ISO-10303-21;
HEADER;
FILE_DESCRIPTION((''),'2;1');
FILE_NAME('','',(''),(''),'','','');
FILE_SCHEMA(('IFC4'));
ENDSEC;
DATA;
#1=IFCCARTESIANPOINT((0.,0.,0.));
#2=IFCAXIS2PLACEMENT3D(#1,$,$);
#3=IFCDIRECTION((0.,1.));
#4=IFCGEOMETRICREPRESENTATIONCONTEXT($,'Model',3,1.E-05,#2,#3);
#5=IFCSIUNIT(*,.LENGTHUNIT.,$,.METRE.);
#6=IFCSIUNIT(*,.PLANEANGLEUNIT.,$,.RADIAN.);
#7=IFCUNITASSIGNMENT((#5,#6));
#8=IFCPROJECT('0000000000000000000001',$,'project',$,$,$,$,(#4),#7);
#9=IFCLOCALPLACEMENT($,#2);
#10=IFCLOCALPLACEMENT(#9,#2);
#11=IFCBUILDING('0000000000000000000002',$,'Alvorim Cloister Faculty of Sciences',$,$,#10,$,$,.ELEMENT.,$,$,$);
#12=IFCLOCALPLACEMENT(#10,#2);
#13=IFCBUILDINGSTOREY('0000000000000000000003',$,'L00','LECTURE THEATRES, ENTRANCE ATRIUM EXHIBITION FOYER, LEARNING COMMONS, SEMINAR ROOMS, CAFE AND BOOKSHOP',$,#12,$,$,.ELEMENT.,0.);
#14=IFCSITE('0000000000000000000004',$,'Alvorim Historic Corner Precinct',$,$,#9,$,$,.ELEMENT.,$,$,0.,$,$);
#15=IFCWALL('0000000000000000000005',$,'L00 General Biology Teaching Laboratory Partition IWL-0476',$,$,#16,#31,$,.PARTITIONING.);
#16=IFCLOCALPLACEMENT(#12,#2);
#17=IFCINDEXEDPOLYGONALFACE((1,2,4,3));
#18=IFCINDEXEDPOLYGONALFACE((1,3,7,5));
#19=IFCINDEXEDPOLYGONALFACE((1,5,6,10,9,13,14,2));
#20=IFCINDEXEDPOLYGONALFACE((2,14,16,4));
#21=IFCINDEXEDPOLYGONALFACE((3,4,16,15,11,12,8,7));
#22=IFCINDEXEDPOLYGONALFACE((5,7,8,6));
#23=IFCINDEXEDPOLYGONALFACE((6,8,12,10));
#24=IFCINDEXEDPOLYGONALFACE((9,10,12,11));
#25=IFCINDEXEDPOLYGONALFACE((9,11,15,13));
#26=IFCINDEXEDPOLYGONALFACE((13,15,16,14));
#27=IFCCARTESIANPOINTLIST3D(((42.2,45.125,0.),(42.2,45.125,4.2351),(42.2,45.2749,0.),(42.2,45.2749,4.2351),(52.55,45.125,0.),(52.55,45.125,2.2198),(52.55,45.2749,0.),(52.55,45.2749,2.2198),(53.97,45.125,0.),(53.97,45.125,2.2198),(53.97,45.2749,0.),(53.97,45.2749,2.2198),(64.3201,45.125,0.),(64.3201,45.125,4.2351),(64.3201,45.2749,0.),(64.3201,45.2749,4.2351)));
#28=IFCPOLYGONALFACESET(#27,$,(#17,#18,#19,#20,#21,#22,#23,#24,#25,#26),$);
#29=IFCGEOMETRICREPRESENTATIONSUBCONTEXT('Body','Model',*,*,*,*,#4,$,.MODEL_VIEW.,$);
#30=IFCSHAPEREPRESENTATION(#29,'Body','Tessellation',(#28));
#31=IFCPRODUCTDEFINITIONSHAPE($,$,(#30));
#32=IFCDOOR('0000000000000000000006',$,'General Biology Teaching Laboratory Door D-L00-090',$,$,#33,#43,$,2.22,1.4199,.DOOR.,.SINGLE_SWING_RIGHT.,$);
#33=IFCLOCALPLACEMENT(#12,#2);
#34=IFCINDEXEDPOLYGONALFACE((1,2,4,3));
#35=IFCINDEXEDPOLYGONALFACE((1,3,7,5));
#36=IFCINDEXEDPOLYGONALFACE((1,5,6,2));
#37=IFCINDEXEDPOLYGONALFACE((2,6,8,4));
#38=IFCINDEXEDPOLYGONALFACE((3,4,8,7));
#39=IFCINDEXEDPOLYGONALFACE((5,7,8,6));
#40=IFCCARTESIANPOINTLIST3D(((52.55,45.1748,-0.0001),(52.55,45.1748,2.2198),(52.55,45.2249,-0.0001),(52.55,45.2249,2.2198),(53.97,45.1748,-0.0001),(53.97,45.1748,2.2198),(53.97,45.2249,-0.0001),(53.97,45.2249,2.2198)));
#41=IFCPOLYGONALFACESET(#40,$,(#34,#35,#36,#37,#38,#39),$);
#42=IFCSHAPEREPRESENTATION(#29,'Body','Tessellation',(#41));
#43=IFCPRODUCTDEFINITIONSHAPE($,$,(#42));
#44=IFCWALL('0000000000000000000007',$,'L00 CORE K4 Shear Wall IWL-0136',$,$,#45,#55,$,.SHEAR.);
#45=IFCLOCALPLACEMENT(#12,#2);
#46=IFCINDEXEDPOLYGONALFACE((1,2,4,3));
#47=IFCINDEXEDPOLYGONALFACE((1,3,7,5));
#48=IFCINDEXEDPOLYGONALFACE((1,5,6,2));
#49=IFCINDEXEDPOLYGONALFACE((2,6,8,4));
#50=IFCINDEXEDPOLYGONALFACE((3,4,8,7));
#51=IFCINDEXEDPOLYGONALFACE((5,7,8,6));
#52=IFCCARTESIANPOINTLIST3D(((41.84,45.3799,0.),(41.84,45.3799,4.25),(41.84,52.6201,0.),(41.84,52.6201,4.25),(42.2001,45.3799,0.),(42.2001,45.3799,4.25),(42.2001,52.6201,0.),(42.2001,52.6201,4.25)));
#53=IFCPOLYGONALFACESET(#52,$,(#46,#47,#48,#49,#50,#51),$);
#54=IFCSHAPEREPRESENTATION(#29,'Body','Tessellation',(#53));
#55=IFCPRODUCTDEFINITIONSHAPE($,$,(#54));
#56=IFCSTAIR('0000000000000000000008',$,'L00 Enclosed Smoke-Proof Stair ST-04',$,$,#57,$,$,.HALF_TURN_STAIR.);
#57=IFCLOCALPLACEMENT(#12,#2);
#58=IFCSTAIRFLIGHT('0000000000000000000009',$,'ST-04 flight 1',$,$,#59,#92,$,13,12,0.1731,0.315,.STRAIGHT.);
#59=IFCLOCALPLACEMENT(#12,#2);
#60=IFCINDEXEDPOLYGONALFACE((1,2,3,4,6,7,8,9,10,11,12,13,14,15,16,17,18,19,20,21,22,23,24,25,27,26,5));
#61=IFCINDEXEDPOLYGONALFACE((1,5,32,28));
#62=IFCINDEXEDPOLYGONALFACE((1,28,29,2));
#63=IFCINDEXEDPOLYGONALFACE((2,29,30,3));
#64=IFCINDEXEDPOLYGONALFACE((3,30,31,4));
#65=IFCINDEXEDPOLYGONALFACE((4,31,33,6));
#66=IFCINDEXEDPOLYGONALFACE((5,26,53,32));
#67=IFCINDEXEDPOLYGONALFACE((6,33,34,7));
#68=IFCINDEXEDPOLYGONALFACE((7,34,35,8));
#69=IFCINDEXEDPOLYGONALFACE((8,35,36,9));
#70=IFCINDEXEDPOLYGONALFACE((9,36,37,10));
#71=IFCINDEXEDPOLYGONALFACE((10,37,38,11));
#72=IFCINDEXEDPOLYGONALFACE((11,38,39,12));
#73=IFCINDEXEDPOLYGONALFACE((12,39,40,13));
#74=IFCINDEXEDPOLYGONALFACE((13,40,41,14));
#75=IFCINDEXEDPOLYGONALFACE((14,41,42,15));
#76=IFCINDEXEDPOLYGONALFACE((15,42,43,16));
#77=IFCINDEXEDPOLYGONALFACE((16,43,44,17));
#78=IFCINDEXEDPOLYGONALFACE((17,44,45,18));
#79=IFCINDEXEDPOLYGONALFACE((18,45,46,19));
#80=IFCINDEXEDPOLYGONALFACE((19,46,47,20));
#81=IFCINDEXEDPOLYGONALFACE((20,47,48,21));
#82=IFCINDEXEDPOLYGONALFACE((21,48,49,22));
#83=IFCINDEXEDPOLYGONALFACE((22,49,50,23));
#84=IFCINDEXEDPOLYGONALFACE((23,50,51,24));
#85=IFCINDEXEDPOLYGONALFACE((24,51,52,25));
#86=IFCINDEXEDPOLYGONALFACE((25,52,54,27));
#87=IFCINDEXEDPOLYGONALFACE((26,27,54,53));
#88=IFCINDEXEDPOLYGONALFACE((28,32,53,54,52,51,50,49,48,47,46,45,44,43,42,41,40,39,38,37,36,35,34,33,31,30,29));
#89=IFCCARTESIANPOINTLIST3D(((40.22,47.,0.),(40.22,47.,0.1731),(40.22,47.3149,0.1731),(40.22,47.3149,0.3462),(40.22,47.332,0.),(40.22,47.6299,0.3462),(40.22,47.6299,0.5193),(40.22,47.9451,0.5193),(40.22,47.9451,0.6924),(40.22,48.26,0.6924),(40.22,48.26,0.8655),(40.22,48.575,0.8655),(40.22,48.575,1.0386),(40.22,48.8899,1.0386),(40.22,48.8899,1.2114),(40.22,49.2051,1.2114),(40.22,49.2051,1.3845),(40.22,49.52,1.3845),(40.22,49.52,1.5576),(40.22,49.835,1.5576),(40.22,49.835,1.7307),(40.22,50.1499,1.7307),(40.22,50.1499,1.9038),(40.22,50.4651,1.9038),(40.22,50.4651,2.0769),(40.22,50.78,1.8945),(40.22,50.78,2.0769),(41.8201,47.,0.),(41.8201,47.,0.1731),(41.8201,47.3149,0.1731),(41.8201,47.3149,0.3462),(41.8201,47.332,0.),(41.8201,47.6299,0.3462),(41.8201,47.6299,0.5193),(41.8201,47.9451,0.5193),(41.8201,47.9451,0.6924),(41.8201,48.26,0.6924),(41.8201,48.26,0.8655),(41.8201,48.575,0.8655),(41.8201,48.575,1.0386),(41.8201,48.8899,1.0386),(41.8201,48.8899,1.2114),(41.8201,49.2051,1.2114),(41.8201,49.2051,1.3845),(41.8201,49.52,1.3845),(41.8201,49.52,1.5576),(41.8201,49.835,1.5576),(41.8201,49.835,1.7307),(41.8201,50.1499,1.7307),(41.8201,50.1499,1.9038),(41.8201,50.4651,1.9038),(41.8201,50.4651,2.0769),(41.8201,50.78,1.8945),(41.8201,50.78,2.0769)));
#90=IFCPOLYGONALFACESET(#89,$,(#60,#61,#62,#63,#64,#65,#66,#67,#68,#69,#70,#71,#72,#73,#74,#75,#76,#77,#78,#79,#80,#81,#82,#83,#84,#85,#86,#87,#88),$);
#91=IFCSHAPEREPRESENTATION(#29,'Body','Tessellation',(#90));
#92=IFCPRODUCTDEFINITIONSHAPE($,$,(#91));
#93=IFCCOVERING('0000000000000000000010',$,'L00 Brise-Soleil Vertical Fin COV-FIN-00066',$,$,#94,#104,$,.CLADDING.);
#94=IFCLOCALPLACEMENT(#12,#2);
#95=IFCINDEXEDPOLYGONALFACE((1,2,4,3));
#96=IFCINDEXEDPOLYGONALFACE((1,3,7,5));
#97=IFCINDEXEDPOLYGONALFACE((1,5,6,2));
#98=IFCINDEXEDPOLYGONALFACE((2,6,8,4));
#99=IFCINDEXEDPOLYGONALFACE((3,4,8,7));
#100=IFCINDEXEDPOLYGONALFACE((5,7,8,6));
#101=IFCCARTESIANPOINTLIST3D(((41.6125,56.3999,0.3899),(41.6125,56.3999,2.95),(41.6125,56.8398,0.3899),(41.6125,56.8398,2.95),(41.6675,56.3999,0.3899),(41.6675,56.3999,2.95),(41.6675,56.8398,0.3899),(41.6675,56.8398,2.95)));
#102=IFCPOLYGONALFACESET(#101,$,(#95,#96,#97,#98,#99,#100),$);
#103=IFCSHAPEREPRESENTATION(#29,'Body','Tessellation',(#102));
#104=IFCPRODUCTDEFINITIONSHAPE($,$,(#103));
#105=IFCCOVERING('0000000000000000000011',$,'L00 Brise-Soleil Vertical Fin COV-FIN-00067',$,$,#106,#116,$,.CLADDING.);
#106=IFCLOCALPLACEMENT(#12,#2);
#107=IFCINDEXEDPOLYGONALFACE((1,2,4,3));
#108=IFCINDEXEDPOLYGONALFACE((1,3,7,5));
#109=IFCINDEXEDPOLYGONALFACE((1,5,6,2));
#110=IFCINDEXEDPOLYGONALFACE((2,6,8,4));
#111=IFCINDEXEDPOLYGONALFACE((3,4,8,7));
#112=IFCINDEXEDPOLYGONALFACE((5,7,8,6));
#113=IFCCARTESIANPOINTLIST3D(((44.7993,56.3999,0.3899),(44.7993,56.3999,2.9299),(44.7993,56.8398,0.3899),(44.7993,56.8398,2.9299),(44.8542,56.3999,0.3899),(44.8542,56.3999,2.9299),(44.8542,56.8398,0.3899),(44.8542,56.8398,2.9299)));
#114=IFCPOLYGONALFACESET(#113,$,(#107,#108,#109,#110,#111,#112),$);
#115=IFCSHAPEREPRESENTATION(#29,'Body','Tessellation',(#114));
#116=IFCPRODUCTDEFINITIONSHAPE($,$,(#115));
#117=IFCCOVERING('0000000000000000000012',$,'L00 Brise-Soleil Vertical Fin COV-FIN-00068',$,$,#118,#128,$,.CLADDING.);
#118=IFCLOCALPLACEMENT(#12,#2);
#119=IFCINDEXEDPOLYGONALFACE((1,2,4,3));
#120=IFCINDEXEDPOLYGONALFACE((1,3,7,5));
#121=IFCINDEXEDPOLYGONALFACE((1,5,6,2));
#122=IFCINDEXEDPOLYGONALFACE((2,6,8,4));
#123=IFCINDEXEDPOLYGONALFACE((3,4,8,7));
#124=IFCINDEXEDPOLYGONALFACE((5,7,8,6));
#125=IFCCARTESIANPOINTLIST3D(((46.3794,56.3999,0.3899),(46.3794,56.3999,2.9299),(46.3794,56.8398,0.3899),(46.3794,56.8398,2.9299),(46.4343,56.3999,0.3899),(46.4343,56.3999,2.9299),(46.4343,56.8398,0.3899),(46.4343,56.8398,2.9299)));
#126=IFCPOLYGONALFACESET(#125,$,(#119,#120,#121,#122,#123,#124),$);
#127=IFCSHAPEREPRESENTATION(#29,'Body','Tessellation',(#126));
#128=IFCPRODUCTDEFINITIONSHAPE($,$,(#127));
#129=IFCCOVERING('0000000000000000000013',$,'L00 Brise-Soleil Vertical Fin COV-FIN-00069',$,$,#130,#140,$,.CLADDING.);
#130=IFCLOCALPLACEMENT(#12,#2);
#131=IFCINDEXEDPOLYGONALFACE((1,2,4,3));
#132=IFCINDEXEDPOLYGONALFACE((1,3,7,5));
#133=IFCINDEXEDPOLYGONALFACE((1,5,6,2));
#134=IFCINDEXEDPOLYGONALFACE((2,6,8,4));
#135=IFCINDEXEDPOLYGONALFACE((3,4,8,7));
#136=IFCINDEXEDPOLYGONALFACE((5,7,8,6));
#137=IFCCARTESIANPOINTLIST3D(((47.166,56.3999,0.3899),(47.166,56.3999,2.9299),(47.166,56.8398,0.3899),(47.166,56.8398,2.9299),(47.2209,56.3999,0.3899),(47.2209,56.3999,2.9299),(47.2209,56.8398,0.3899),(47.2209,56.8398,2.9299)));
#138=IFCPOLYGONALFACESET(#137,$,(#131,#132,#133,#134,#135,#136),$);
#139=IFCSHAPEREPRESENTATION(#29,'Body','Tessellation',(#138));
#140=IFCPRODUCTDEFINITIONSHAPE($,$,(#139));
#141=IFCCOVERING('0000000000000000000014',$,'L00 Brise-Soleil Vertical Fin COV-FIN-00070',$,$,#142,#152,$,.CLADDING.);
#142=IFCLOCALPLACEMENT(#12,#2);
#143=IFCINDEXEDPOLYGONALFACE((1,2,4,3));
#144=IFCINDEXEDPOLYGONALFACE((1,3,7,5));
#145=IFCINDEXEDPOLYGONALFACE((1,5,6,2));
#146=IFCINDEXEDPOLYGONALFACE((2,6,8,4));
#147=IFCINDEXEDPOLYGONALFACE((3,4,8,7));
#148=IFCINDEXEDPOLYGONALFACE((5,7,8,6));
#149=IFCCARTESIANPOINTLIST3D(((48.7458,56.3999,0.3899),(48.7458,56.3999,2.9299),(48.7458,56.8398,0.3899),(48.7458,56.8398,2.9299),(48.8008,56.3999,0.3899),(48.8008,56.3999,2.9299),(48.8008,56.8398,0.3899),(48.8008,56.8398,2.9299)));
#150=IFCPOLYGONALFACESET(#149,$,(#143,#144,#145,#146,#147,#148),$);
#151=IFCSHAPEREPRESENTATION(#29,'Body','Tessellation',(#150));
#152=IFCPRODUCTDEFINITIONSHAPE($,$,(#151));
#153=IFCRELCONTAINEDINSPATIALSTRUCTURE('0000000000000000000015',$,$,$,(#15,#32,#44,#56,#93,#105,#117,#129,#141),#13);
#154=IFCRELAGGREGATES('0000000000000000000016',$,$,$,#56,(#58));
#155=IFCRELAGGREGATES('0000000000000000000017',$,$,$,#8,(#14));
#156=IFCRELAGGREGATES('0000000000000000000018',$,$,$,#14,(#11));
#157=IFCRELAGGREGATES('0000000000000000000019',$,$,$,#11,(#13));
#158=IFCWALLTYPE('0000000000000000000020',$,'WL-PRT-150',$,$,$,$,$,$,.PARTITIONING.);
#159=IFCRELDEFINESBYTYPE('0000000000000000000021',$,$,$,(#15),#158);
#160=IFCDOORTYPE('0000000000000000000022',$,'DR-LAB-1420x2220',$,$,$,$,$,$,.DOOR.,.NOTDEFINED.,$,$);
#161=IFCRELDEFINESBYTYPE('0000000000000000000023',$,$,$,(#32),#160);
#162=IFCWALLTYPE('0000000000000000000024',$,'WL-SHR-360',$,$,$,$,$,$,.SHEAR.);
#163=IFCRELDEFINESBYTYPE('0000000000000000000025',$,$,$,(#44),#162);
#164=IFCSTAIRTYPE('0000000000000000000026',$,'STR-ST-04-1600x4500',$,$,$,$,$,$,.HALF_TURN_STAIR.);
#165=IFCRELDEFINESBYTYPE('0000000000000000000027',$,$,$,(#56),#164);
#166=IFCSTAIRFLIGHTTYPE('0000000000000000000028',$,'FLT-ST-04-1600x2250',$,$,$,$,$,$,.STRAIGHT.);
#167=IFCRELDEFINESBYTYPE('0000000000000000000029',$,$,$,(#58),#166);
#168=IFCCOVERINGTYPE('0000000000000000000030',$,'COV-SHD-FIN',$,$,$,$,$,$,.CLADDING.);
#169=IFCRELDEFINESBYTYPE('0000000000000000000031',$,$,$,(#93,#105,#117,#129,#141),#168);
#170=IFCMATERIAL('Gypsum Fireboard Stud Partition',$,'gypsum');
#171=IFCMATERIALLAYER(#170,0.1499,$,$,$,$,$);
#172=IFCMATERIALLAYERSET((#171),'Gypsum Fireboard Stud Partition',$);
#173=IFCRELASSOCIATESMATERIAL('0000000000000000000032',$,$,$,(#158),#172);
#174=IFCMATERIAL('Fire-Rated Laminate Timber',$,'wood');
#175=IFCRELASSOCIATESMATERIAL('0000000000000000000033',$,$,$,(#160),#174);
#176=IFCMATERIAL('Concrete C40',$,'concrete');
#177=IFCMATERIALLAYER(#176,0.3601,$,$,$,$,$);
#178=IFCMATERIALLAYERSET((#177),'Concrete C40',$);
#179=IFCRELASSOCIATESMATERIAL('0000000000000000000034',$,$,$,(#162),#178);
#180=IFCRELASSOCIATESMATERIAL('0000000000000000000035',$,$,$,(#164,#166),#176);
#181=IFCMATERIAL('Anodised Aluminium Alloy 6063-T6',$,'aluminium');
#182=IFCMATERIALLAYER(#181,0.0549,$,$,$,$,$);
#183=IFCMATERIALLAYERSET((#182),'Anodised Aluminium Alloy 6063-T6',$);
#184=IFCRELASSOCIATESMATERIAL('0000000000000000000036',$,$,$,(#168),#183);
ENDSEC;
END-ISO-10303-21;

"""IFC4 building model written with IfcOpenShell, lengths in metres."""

from ifc_helpers import new_model, si_unit, direction, frame, frame_2d, origin, place, context, subcontext, project, spatial, polyline, rectangle, outline, extrude, material, layer, layer_set, type_object, element, fill, aggregate, save


model = new_model("IFC4")

# Units and contexts
model_context = context("Model", 3, precision=1e-05, world=origin(), true_north=direction((0.0, 1.0)))
body_context = subcontext(model_context, "Body", "Model", "MODEL_VIEW")
ifc_project = project(units=[si_unit("LENGTHUNIT", "METRE"), si_unit("PLANEANGLEUNIT", "RADIAN")], contexts=[model_context])

# Site, building, storey
site_placement = place(None, origin())
site = spatial("IfcSite", under=ifc_project, at=site_placement, Name="Alvorim Historic Corner Precinct", CompositionType="ELEMENT", RefElevation=0.0)
building_placement = place(site_placement, origin())
building = spatial("IfcBuilding", under=site, at=building_placement, Name="Alvorim Cloister Faculty of Sciences", CompositionType="ELEMENT")
storey_placement = place(building_placement, origin())
storey = spatial("IfcBuildingStorey", under=building, at=storey_placement, Name="L00", Description="LECTURE THEATRES, ENTRANCE ATRIUM EXHIBITION FOYER, LEARNING COMMONS, SEMINAR ROOMS, CAFE AND BOOKSHOP", CompositionType="ELEMENT", Elevation=0.0)

# Shared definitions
ifc_material_1 = material(Name="Concrete C40", Category="concrete")

# Wall, opening, door
ifc_material_2 = material(Name="Gypsum Fireboard Stud Partition", Category="gypsum")
ifc_layer_1 = layer(ifc_material_2, 0.1499)
ifc_layer_set_1 = layer_set([ifc_layer_1], Name="Gypsum Fireboard Stud Partition")
wall_type_1 = type_object("IfcWallType", Name="WL-PRT-150", PredefinedType="PARTITIONING", material=ifc_layer_set_1)
wall_1_placement = place(storey_placement, frame((42.2, 45.2, 0.0), z_axis=(0.0, 0.0, 1.0), x_axis=(1.0, 0.0, 0.0)))
wall_1 = element("IfcWall", 1, at=wall_1_placement, inside=storey, type_object=wall_type_1, Name="L00 General Biology Teaching Laboratory Partition IWL-0476", PredefinedType="PARTITIONING", context=body_context, shape_type="SweptSolid", body=[
    extrude(rectangle(XDim=22.1201, YDim=0.1499, at=frame_2d((11.0601, 0.0))), origin(), (0.0, 0.0, 1.0), 4.2351),
])
opening_1_placement = place(wall_1_placement, frame((10.3501, 0.0, 0.0)))
opening_1 = element("IfcOpeningElement", 2, at=opening_1_placement, cuts=wall_1, PredefinedType="OPENING", context=body_context, shape_type="SweptSolid", body=[
    extrude(rectangle(XDim=1.4199, YDim=2.22, at=frame_2d((0.71, 1.1099))), frame((0.0, 0.0869, 0.0), z_axis=(0.0, -1.0, 0.0), x_axis=(1.0, 0.0, 0.0)), (0.0, 0.0, 1.0), 0.1738),
])
ifc_material_3 = material(Name="Fire-Rated Laminate Timber", Category="wood")
door_type = type_object("IfcDoorType", Name="DR-LAB-1420x2220", OperationType="NOTDEFINED", PredefinedType="DOOR", material=ifc_material_3)
door_placement = place(opening_1_placement, origin())
door = element("IfcDoor", 3, at=door_placement, inside=storey, type_object=door_type, Name="General Biology Teaching Laboratory Door D-L00-090", OperationType="SINGLE_SWING_RIGHT", OverallHeight=2.22, OverallWidth=1.4199, PredefinedType="DOOR", context=body_context, shape_type="SweptSolid", body=[
    extrude(rectangle(XDim=1.4199, YDim=2.22, at=frame_2d((0.71, 1.1099))), frame((0.0, 0.0249, 0.0), z_axis=(0.0, -1.0, 0.0), x_axis=(1.0, 0.0, 0.0)), (0.0, 0.0, 1.0), 0.05),
])
fill(opening_1, door)

# Wall
ifc_layer_2 = layer(ifc_material_1, 0.3601)
ifc_layer_set_2 = layer_set([ifc_layer_2], Name="Concrete C40")
wall_type_2 = type_object("IfcWallType", Name="WL-SHR-360", PredefinedType="SHEAR", material=ifc_layer_set_2)
wall_2_placement = place(storey_placement, frame((42.02, 45.3799, 0.0), z_axis=(0.0, 0.0, 1.0), x_axis=(0.0, 1.0, 0.0)))
element("IfcWall", 4, at=wall_2_placement, inside=storey, type_object=wall_type_2, Name="L00 CORE K4 Shear Wall IWL-0136", PredefinedType="SHEAR", context=body_context, shape_type="SweptSolid", body=[
    extrude(rectangle(XDim=7.2402, YDim=0.3601, at=frame_2d((3.6201, 0.0))), origin(), (0.0, 0.0, 1.0), 4.25),
])

# Stair, stair flight
stair_type = type_object("IfcStairType", Name="STR-ST-04-1600x4500", PredefinedType="HALF_TURN_STAIR", material=ifc_material_1)
stair_placement = place(storey_placement, origin())
stair = element("IfcStair", 5, at=stair_placement, inside=storey, type_object=stair_type, Name="L00 Enclosed Smoke-Proof Stair ST-04", PredefinedType="HALF_TURN_STAIR")
stair_flight_type = type_object("IfcStairFlightType", Name="FLT-ST-04-1600x2250", PredefinedType="STRAIGHT", material=ifc_material_1)
stair_flight_placement = place(storey_placement, frame((41.02, 47.0, 0.0), z_axis=(0.0, 0.0, 1.0), x_axis=(0.0, 1.0, 0.0)))
stair_flight = element("IfcStairFlight", 6, at=stair_flight_placement, type_object=stair_flight_type, Name="ST-04 flight 1", NumberOfRisers=13, NumberOfTreads=12, PredefinedType="STRAIGHT", RiserHeight=0.1731, TreadLength=0.315, context=body_context, shape_type="SweptSolid", body=[
    extrude(outline(polyline([(0.332, 0.0), (3.78, 1.8945), (3.78, 2.25), (3.78, 2.0769), (3.4651, 2.0769), (3.4651, 1.9038), (3.1499, 1.9038), (3.1499, 1.7307), (2.835, 1.7307), (2.835, 1.5576), (2.52, 1.5576), (2.52, 1.3845), (2.2051, 1.3845), (2.2051, 1.2114), (1.8899, 1.2114), (1.8899, 1.0386), (1.575, 1.0386), (1.575, 0.8655), (1.26, 0.8655), (1.26, 0.6924), (0.9451, 0.6924), (0.9451, 0.5193), (0.6299, 0.5193), (0.6299, 0.3462), (0.3149, 0.3462), (0.3149, 0.1731), (0.0, 0.1731), (0.0, 0.0), (0.332, 0.0)])), frame((0.0, 0.8, 0.0), z_axis=(0.0, -1.0, 0.0), x_axis=(1.0, 0.0, 0.0)), (0.0, 0.0, 1.0), 1.6001),
])
aggregate(stair, [stair_flight])

# Coverings
ifc_material_4 = material(Name="Anodised Aluminium Alloy 6063-T6", Category="aluminium")
ifc_layer_3 = layer(ifc_material_4, 0.0549)
ifc_layer_set_3 = layer_set([ifc_layer_3], Name="Anodised Aluminium Alloy 6063-T6")
covering_type = type_object("IfcCoveringType", Name="COV-SHD-FIN", PredefinedType="CLADDING", material=ifc_layer_set_3)
covering_placement = place(storey_placement, frame((41.6399, 56.3999, 0.3899), z_axis=(0.0, 0.0, 1.0), x_axis=(0.0, 1.0, 0.0)))
element("IfcCovering", 7, at=covering_placement, inside=storey, type_object=covering_type, Name="L00 Brise-Soleil Vertical Fin COV-FIN-00066", PredefinedType="CLADDING", context=body_context, shape_type="SweptSolid", body=[
    extrude(outline(polyline([(0.0, 0.0), (0.4399, 0.0), (0.4399, 2.5601), (0.0, 2.5601), (0.0, 0.0)])), frame((0.0, 0.0273, 0.0), z_axis=(0.0, -1.0, 0.0), x_axis=(1.0, 0.0, 0.0)), (0.0, 0.0, 1.0), 0.0549),
])
for number, where, z_axis, x_axis, name in (
    (8, (44.8267, 56.3999, 0.3899), (0.0, 0.0, 1.0), (0.0, 1.0, 0.0), "L00 Brise-Soleil Vertical Fin COV-FIN-00067"),
    (9, (46.4067, 56.3999, 0.3899), (0.0, 0.0, 1.0), (0.0, 1.0, 0.0), "L00 Brise-Soleil Vertical Fin COV-FIN-00068"),
    (10, (47.1934, 56.3999, 0.3899), (0.0, 0.0, 1.0), (0.0, 1.0, 0.0), "L00 Brise-Soleil Vertical Fin COV-FIN-00069"),
    (11, (48.7732, 56.3999, 0.3899), (0.0, 0.0, 1.0), (0.0, 1.0, 0.0), "L00 Brise-Soleil Vertical Fin COV-FIN-00070"),
):
    element("IfcCovering", number, at=place(storey_placement, frame(where, z_axis=z_axis, x_axis=x_axis)), inside=storey, type_object=covering_type, Name=name, PredefinedType="CLADDING", context=body_context, shape_type="SweptSolid", body=[
        extrude(outline(polyline([(0.0, 0.0), (0.4399, 0.0), (0.4399, 2.54), (0.0, 2.54), (0.0, 0.0)])), frame((0.0, 0.0273, 0.0), z_axis=(0.0, -1.0, 0.0), x_axis=(1.0, 0.0, 0.0)), (0.0, 0.0, 1.0), 0.0549),
    ])

save(model, "model.ifc")
